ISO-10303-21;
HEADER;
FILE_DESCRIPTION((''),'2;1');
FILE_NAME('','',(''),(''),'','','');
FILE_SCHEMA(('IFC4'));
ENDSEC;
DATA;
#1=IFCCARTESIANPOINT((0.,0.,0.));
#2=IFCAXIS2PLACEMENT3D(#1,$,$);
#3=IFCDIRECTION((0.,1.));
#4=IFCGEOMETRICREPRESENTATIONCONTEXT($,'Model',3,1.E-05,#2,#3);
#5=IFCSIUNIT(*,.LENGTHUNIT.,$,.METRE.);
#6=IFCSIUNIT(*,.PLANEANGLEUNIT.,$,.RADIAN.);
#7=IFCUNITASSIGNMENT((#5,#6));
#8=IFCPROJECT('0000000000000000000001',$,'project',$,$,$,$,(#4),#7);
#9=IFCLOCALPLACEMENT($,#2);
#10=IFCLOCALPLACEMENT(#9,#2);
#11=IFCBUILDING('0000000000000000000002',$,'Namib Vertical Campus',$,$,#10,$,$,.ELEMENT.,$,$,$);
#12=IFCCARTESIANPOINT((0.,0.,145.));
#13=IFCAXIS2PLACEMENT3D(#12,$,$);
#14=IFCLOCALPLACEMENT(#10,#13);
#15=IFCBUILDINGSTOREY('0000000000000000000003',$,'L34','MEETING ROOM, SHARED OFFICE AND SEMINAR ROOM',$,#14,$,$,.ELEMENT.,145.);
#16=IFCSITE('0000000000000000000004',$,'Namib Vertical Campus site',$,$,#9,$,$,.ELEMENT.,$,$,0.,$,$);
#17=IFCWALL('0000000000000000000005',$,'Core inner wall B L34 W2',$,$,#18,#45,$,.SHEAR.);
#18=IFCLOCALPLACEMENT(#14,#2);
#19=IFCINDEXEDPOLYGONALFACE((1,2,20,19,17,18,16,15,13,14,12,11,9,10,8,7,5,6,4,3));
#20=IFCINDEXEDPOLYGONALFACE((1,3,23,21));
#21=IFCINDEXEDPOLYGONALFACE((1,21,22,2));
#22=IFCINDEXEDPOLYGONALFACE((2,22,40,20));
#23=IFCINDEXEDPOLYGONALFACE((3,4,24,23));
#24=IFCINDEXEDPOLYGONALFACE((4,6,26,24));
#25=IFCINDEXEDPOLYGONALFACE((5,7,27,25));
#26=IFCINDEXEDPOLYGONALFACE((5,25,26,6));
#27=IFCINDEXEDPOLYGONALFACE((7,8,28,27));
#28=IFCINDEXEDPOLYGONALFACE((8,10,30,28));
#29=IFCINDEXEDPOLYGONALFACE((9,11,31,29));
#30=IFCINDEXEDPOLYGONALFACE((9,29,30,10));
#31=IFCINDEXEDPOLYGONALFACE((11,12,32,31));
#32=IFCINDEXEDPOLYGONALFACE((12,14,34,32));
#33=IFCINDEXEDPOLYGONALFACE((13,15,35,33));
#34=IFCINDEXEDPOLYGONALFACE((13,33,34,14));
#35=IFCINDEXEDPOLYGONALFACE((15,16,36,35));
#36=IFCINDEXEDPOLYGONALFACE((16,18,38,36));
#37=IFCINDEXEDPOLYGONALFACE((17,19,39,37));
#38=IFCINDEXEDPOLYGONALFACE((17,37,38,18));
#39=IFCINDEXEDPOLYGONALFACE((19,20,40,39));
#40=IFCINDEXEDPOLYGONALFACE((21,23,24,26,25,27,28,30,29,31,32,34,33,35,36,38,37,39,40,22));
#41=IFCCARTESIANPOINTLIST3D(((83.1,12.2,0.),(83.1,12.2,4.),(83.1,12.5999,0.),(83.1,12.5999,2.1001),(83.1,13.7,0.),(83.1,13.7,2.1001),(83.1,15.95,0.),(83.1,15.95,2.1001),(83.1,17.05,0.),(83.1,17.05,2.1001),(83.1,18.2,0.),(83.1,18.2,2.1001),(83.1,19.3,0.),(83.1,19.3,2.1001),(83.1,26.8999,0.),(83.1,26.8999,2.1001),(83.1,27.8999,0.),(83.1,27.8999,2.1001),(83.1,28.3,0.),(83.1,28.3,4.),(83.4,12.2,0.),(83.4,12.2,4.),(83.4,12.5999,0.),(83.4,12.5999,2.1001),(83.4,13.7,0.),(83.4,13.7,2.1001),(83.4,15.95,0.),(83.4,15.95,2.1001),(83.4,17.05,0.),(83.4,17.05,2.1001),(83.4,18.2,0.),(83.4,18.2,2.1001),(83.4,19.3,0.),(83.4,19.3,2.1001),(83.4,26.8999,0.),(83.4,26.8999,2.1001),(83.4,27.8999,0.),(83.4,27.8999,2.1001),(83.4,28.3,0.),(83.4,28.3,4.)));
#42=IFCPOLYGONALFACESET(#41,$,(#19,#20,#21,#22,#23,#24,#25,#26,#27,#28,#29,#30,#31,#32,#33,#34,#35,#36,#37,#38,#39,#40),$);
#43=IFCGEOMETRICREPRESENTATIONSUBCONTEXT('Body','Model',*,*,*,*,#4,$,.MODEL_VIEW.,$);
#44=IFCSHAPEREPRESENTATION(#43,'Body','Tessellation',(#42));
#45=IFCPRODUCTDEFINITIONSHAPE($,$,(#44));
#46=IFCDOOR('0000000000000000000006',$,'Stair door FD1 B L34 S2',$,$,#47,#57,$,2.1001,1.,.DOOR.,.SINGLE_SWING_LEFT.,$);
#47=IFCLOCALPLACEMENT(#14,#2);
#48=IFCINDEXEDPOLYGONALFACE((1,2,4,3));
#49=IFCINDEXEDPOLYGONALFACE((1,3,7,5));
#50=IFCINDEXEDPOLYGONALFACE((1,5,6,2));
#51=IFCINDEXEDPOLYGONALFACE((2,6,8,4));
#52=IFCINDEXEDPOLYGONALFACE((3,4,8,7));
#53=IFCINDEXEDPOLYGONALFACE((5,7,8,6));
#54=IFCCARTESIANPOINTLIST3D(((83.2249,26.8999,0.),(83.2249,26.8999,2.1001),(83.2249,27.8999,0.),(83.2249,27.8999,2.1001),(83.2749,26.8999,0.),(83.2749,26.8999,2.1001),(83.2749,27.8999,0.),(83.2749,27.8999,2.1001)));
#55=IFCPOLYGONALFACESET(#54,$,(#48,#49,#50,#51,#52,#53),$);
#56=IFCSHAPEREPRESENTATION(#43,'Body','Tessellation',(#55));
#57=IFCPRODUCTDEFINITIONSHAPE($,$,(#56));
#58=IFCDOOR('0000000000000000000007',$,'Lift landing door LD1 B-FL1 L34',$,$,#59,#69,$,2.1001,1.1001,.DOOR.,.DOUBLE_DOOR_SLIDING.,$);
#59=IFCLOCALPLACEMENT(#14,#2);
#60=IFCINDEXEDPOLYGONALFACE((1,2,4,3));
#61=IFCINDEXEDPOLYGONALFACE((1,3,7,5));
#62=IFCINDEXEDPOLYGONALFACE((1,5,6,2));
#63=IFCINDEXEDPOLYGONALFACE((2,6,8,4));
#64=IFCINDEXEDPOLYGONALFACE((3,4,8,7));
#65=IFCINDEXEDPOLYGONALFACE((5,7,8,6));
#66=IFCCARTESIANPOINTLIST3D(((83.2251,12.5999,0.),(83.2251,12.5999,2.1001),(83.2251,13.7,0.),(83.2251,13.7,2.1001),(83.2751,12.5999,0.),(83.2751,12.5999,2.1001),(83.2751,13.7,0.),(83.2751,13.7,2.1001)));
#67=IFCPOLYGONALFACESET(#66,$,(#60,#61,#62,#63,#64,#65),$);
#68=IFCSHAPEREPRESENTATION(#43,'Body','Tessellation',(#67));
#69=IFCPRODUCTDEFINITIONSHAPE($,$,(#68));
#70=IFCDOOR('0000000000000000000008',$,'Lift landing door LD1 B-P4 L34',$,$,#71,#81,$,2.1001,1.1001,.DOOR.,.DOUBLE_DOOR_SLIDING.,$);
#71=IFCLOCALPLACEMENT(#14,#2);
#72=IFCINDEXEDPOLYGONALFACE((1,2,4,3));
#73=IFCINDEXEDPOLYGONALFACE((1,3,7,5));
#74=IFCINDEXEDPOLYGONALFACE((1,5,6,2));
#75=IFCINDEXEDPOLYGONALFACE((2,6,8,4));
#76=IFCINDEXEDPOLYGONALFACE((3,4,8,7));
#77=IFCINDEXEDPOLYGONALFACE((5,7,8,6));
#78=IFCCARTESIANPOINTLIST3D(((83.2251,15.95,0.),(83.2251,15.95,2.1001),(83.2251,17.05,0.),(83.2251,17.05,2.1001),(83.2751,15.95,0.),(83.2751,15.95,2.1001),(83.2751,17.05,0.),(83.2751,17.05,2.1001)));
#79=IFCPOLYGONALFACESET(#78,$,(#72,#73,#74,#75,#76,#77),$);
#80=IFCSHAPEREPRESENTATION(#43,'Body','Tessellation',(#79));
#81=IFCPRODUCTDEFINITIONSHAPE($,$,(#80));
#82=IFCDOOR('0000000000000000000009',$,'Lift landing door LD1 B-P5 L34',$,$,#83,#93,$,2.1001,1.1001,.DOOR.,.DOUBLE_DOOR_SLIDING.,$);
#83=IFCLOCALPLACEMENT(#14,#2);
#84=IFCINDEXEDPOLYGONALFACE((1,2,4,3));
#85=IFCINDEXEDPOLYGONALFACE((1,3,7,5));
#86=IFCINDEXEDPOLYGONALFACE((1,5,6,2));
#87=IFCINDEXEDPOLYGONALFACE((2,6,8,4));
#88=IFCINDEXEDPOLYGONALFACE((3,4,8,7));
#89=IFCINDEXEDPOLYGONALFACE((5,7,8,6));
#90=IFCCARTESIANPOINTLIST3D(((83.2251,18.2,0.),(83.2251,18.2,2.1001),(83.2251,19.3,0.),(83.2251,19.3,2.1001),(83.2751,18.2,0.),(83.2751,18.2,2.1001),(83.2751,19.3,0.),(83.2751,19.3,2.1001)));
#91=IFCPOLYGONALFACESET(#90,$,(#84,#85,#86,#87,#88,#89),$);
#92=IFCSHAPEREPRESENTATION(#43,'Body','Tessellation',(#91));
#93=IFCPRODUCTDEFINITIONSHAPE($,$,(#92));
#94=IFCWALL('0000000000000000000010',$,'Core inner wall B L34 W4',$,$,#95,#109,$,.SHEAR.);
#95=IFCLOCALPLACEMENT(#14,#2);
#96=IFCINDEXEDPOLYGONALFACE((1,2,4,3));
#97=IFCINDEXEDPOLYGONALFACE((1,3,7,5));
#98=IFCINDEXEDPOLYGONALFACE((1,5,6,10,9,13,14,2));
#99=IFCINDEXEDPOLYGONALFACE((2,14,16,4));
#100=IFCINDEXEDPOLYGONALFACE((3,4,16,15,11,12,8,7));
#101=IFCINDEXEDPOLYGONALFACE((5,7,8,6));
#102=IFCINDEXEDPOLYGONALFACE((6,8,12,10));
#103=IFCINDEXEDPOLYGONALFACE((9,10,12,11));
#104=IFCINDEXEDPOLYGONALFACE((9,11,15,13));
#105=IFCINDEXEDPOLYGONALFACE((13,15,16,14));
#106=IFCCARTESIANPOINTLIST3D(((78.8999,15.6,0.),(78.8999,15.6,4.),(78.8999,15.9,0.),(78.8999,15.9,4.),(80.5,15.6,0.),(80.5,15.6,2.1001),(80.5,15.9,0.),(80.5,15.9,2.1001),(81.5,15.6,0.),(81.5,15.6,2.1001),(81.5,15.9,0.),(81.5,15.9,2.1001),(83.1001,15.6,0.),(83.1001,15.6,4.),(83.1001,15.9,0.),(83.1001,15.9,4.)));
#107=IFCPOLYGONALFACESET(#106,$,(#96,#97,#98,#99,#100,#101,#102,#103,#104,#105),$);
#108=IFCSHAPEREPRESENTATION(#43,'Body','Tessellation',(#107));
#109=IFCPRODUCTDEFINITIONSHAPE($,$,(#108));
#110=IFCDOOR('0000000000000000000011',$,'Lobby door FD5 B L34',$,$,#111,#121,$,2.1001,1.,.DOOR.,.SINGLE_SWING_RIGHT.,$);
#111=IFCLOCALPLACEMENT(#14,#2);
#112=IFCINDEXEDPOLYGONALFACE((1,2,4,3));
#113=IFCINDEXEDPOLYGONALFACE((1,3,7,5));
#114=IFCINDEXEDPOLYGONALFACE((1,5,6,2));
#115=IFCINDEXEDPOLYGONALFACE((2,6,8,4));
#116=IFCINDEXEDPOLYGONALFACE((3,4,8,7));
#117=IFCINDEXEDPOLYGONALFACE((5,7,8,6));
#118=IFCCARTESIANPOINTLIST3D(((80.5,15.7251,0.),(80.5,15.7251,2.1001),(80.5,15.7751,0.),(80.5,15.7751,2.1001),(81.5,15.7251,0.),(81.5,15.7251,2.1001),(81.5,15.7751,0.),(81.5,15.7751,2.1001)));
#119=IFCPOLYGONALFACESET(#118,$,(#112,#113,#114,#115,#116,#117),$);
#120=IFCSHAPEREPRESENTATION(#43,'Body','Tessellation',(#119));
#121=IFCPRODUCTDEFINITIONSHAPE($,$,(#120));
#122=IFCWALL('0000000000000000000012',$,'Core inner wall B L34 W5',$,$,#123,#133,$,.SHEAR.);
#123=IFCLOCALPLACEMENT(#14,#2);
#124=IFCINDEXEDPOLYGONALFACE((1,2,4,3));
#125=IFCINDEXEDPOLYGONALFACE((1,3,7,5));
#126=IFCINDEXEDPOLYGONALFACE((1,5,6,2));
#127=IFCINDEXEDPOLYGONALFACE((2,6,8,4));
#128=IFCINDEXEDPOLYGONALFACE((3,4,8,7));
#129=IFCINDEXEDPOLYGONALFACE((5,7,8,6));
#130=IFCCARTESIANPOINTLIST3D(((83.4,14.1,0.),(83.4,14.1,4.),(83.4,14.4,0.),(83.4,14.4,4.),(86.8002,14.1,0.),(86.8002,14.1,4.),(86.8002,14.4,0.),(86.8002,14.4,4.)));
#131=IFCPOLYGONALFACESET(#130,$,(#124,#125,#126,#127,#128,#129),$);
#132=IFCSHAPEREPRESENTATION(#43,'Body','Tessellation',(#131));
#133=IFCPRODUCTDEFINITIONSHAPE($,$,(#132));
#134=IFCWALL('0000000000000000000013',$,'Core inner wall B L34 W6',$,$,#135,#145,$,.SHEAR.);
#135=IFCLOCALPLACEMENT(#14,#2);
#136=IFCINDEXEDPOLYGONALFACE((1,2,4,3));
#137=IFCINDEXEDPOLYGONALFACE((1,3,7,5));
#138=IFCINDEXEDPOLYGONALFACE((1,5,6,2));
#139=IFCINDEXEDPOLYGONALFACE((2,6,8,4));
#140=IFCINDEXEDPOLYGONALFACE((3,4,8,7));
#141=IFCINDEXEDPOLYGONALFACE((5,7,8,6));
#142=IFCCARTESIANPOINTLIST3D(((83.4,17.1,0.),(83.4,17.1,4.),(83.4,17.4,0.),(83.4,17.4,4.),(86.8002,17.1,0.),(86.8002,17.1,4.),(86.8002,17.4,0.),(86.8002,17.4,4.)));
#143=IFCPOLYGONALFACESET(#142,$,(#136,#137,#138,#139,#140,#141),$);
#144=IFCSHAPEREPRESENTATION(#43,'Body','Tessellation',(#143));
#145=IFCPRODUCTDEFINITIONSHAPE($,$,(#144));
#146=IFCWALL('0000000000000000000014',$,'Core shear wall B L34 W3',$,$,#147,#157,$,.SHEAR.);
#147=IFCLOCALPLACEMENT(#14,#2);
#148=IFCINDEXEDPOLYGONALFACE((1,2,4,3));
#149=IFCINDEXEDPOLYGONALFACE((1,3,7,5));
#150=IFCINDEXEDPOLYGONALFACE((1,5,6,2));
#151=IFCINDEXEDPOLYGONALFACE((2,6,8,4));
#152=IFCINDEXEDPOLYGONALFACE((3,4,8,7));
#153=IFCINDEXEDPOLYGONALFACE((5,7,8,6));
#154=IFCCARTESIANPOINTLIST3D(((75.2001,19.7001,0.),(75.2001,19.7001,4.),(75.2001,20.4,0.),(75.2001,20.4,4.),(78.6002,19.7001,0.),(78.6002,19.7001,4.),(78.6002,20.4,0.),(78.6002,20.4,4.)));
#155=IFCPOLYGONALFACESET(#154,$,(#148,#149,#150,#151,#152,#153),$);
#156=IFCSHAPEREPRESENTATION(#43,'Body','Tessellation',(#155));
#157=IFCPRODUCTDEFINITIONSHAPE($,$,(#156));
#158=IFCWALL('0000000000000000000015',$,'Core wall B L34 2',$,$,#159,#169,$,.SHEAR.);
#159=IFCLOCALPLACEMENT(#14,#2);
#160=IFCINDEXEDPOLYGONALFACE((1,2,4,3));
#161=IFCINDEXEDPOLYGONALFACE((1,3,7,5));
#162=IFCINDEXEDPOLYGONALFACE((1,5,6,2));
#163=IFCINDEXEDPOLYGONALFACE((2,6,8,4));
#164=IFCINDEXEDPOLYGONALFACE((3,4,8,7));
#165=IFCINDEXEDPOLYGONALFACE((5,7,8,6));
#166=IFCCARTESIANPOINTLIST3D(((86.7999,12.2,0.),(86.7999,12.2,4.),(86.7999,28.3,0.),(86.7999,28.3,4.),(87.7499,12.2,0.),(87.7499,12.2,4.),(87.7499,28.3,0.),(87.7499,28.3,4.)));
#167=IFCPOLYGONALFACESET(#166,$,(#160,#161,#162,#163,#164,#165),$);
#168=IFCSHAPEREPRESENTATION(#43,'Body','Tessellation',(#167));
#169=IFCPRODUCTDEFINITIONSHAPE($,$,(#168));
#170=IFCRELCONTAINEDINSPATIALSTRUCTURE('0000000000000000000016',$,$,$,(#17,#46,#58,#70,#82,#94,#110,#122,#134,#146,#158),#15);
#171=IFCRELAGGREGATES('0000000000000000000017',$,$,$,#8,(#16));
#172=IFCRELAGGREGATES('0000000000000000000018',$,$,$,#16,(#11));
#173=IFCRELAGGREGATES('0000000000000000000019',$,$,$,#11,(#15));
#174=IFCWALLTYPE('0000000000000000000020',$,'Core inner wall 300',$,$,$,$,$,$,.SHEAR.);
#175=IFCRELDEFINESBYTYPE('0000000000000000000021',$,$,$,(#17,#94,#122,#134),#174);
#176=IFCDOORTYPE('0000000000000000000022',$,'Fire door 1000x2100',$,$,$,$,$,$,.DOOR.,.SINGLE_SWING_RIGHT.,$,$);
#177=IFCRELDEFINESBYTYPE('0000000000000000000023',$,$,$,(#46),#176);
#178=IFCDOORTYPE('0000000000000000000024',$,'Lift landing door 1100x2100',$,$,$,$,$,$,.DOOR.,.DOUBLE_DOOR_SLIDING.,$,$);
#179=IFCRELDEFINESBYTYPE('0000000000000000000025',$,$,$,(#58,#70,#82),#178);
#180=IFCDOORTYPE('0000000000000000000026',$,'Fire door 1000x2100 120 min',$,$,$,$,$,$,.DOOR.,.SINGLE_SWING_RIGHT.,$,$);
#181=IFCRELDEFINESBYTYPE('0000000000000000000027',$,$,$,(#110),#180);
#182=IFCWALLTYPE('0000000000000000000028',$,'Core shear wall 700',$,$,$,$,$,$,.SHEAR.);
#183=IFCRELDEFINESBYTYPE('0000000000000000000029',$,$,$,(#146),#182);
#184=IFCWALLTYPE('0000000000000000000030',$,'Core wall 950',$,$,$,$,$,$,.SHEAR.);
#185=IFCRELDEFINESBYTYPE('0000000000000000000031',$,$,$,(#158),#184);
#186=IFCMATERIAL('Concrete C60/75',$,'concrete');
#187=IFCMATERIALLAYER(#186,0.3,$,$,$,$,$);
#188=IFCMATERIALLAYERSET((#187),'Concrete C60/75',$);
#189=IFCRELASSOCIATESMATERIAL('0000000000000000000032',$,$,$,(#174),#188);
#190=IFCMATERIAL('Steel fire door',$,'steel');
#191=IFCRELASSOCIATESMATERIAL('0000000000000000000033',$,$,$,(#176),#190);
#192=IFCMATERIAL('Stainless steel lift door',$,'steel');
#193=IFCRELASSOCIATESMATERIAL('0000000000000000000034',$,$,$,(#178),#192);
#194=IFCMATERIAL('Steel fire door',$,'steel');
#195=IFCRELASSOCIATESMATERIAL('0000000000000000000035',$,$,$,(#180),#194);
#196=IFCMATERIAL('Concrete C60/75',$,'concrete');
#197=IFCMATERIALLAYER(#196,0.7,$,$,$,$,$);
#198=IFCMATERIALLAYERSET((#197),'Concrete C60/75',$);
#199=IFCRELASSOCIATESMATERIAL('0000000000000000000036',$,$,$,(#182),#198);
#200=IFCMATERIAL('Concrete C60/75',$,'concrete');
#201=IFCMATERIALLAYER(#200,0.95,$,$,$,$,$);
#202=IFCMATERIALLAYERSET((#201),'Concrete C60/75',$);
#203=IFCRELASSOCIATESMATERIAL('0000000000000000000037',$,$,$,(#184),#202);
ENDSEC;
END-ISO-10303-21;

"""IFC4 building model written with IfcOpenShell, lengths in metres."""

from ifc_helpers import new_model, si_unit, direction, frame, frame_2d, origin, place, context, subcontext, project, spatial, rectangle, extrude, material, layer, layer_set, type_object, element, fill, save


model = new_model("IFC4")

# Units and contexts
model_context = context("Model", 3, precision=1e-05, world=origin(), true_north=direction((0.0, 1.0)))
body_context = subcontext(model_context, "Body", "Model", "MODEL_VIEW")
ifc_project = project(units=[si_unit("LENGTHUNIT", "METRE"), si_unit("PLANEANGLEUNIT", "RADIAN")], contexts=[model_context])

# Site, building, storey
site_placement = place(None, origin())
site = spatial("IfcSite", under=ifc_project, at=site_placement, Name="Namib Vertical Campus site", CompositionType="ELEMENT", RefElevation=0.0)
building_placement = place(site_placement, origin())
building = spatial("IfcBuilding", under=site, at=building_placement, Name="Namib Vertical Campus", CompositionType="ELEMENT")
storey_placement = place(building_placement, frame((0.0, 0.0, 145.0)))
storey = spatial("IfcBuildingStorey", under=building, at=storey_placement, Name="L34", Description="MEETING ROOM, SHARED OFFICE AND SEMINAR ROOM", CompositionType="ELEMENT", Elevation=145.0)

# Wall, openings, doors
ifc_material_1 = material(Name="Concrete C60/75", Category="concrete")
ifc_layer_1 = layer(ifc_material_1, 0.3)
ifc_layer_set_1 = layer_set([ifc_layer_1], Name="Concrete C60/75")
wall_type_1 = type_object("IfcWallType", Name="Core inner wall 300", PredefinedType="SHEAR", material=ifc_layer_set_1)
ifc_material_2 = material(Name="Steel fire door", Category="steel")
door_type_1 = type_object("IfcDoorType", Name="Fire door 1000x2100", OperationType="SINGLE_SWING_RIGHT", PredefinedType="DOOR", material=ifc_material_2)
ifc_material_3 = material(Name="Stainless steel lift door", Category="steel")
door_type_2 = type_object("IfcDoorType", Name="Lift landing door 1100x2100", OperationType="DOUBLE_DOOR_SLIDING", PredefinedType="DOOR", material=ifc_material_3)
wall_1_placement = place(storey_placement, frame((83.25, 12.2, 0.0), z_axis=(0.0, 0.0, 1.0), x_axis=(0.0, 1.0, 0.0)))
wall_1 = element("IfcWall", 1, at=wall_1_placement, inside=storey, type_object=wall_type_1, Name="Core inner wall B L34 W2", PredefinedType="SHEAR", context=body_context, shape_type="SweptSolid", body=[
    extrude(rectangle(XDim=16.1001, YDim=0.3, at=frame_2d((8.05, 0.0))), origin(), (0.0, 0.0, 1.0), 4.0),
])
opening_1_placement = place(wall_1_placement, frame((14.7, 0.0, 0.0)))
opening_1 = element("IfcOpeningElement", 2, at=opening_1_placement, cuts=wall_1, PredefinedType="OPENING", context=body_context, shape_type="SweptSolid", body=[
    extrude(rectangle(XDim=1.0, YDim=2.1001, at=frame_2d((0.5, 1.05))), frame((0.0, 0.1599, 0.0), z_axis=(0.0, -1.0, 0.0), x_axis=(1.0, 0.0, 0.0)), (0.0, 0.0, 1.0), 0.3201),
])
opening_2_placement = place(wall_1_placement, frame((0.3999, 0.0, 0.0)))
opening_2 = element("IfcOpeningElement", 3, at=opening_2_placement, cuts=wall_1, PredefinedType="OPENING", context=body_context, shape_type="SweptSolid", body=[
    extrude(rectangle(XDim=1.1001, YDim=2.1001, at=frame_2d((0.55, 1.05))), frame((0.0, 0.1599, 0.0), z_axis=(0.0, -1.0, 0.0), x_axis=(1.0, 0.0, 0.0)), (0.0, 0.0, 1.0), 0.3201),
])
opening_3_placement = place(wall_1_placement, frame((3.75, 0.0, 0.0)))
opening_3 = element("IfcOpeningElement", 4, at=opening_3_placement, cuts=wall_1, PredefinedType="OPENING", context=body_context, shape_type="SweptSolid", body=[
    extrude(rectangle(XDim=1.1001, YDim=2.1001, at=frame_2d((0.55, 1.05))), frame((0.0, 0.1599, 0.0), z_axis=(0.0, -1.0, 0.0), x_axis=(1.0, 0.0, 0.0)), (0.0, 0.0, 1.0), 0.3201),
])
opening_4_placement = place(wall_1_placement, frame((6.0, 0.0, 0.0)))
opening_4 = element("IfcOpeningElement", 5, at=opening_4_placement, cuts=wall_1, PredefinedType="OPENING", context=body_context, shape_type="SweptSolid", body=[
    extrude(rectangle(XDim=1.1001, YDim=2.1001, at=frame_2d((0.55, 1.05))), frame((0.0, 0.1599, 0.0), z_axis=(0.0, -1.0, 0.0), x_axis=(1.0, 0.0, 0.0)), (0.0, 0.0, 1.0), 0.3201),
])
door_1_placement = place(opening_1_placement, frame((1.0, 0.0, 0.0), z_axis=(0.0, 0.0, 1.0), x_axis=(-1.0, 0.0, 0.0)))
door_1 = element("IfcDoor", 6, at=door_1_placement, inside=storey, type_object=door_type_1, Name="Stair door FD1 B L34 S2", OperationType="SINGLE_SWING_LEFT", OverallHeight=2.1001, OverallWidth=1.0, PredefinedType="DOOR", context=body_context, shape_type="SweptSolid", body=[
    extrude(rectangle(XDim=1.0, YDim=2.1001, at=frame_2d((0.5, 1.05))), frame((0.0, 0.0249, 0.0), z_axis=(0.0, -1.0, 0.0), x_axis=(1.0, 0.0, 0.0)), (0.0, 0.0, 1.0), 0.05),
])
fill(opening_1, door_1)
door_2_placement = place(opening_2_placement, origin())
door_2 = element("IfcDoor", 7, at=door_2_placement, inside=storey, type_object=door_type_2, Name="Lift landing door LD1 B-FL1 L34", OperationType="DOUBLE_DOOR_SLIDING", OverallHeight=2.1001, OverallWidth=1.1001, PredefinedType="DOOR", context=body_context, shape_type="SweptSolid", body=[
    extrude(rectangle(XDim=1.1001, YDim=2.1001, at=frame_2d((0.55, 1.05))), frame((0.0, 0.0249, 0.0), z_axis=(0.0, -1.0, 0.0), x_axis=(1.0, 0.0, 0.0)), (0.0, 0.0, 1.0), 0.05),
])
fill(opening_2, door_2)
door_3_placement = place(opening_3_placement, origin())
door_3 = element("IfcDoor", 8, at=door_3_placement, inside=storey, type_object=door_type_2, Name="Lift landing door LD1 B-P4 L34", OperationType="DOUBLE_DOOR_SLIDING", OverallHeight=2.1001, OverallWidth=1.1001, PredefinedType="DOOR", context=body_context, shape_type="SweptSolid", body=[
    extrude(rectangle(XDim=1.1001, YDim=2.1001, at=frame_2d((0.55, 1.05))), frame((0.0, 0.0249, 0.0), z_axis=(0.0, -1.0, 0.0), x_axis=(1.0, 0.0, 0.0)), (0.0, 0.0, 1.0), 0.05),
])
fill(opening_3, door_3)
door_4_placement = place(opening_4_placement, origin())
door_4 = element("IfcDoor", 9, at=door_4_placement, inside=storey, type_object=door_type_2, Name="Lift landing door LD1 B-P5 L34", OperationType="DOUBLE_DOOR_SLIDING", OverallHeight=2.1001, OverallWidth=1.1001, PredefinedType="DOOR", context=body_context, shape_type="SweptSolid", body=[
    extrude(rectangle(XDim=1.1001, YDim=2.1001, at=frame_2d((0.55, 1.05))), frame((0.0, 0.0249, 0.0), z_axis=(0.0, -1.0, 0.0), x_axis=(1.0, 0.0, 0.0)), (0.0, 0.0, 1.0), 0.05),
])
fill(opening_4, door_4)

# Wall, opening, door
wall_2_placement = place(storey_placement, frame((78.8999, 15.75, 0.0), z_axis=(0.0, 0.0, 1.0), x_axis=(1.0, 0.0, 0.0)))
wall_2 = element("IfcWall", 10, at=wall_2_placement, inside=storey, type_object=wall_type_1, Name="Core inner wall B L34 W4", PredefinedType="SHEAR", context=body_context, shape_type="SweptSolid", body=[
    extrude(rectangle(XDim=4.2002, YDim=0.3, at=frame_2d((2.1001, 0.0))), origin(), (0.0, 0.0, 1.0), 4.0),
])
opening_5_placement = place(wall_2_placement, frame((1.6001, 0.0, 0.0)))
opening_5 = element("IfcOpeningElement", 11, at=opening_5_placement, cuts=wall_2, PredefinedType="OPENING", context=body_context, shape_type="SweptSolid", body=[
    extrude(rectangle(XDim=1.0, YDim=2.1001, at=frame_2d((0.5, 1.05))), frame((0.0, 0.1599, 0.0), z_axis=(0.0, -1.0, 0.0), x_axis=(1.0, 0.0, 0.0)), (0.0, 0.0, 1.0), 0.3201),
])
ifc_material_4 = material(Name="Steel fire door", Category="steel")
door_type_3 = type_object("IfcDoorType", Name="Fire door 1000x2100 120 min", OperationType="SINGLE_SWING_RIGHT", PredefinedType="DOOR", material=ifc_material_4)
door_5_placement = place(opening_5_placement, frame((1.0, 0.0, 0.0), z_axis=(0.0, 0.0, 1.0), x_axis=(-1.0, 0.0, 0.0)))
door_5 = element("IfcDoor", 12, at=door_5_placement, inside=storey, type_object=door_type_3, Name="Lobby door FD5 B L34", OperationType="SINGLE_SWING_RIGHT", OverallHeight=2.1001, OverallWidth=1.0, PredefinedType="DOOR", context=body_context, shape_type="SweptSolid", body=[
    extrude(rectangle(XDim=1.0, YDim=2.1001, at=frame_2d((0.5, 1.05))), frame((0.0, 0.0249, 0.0), z_axis=(0.0, -1.0, 0.0), x_axis=(1.0, 0.0, 0.0)), (0.0, 0.0, 1.0), 0.05),
])
fill(opening_5, door_5)

# Walls
for number, where, z_axis, x_axis, name in (
    (13, (83.3999, 14.25, 0.0), (0.0, 0.0, 1.0), (1.0, 0.0, 0.0), "Core inner wall B L34 W5"),
    (14, (83.3999, 17.25, 0.0), (0.0, 0.0, 1.0), (1.0, 0.0, 0.0), "Core inner wall B L34 W6"),
):
    element("IfcWall", number, at=place(storey_placement, frame(where, z_axis=z_axis, x_axis=x_axis)), inside=storey, type_object=wall_type_1, Name=name, PredefinedType="SHEAR", context=body_context, shape_type="SweptSolid", body=[
        extrude(rectangle(XDim=3.4001, YDim=0.3, at=frame_2d((1.7002, 0.0))), origin(), (0.0, 0.0, 1.0), 4.0),
    ])
ifc_material_5 = material(Name="Concrete C60/75", Category="concrete")
ifc_layer_2 = layer(ifc_material_5, 0.7)
ifc_layer_set_2 = layer_set([ifc_layer_2], Name="Concrete C60/75")
wall_type_2 = type_object("IfcWallType", Name="Core shear wall 700", PredefinedType="SHEAR", material=ifc_layer_set_2)
wall_3_placement = place(storey_placement, frame((75.2, 20.05, 0.0), z_axis=(0.0, 0.0, 1.0), x_axis=(1.0, 0.0, 0.0)))
element("IfcWall", 15, at=wall_3_placement, inside=storey, type_object=wall_type_2, Name="Core shear wall B L34 W3", PredefinedType="SHEAR", context=body_context, shape_type="SweptSolid", body=[
    extrude(rectangle(XDim=3.4001, YDim=0.7, at=frame_2d((1.7002, 0.0))), origin(), (0.0, 0.0, 1.0), 4.0),
])
ifc_material_6 = material(Name="Concrete C60/75", Category="concrete")
ifc_layer_3 = layer(ifc_material_6, 0.95)
ifc_layer_set_3 = layer_set([ifc_layer_3], Name="Concrete C60/75")
wall_type_3 = type_object("IfcWallType", Name="Core wall 950", PredefinedType="SHEAR", material=ifc_layer_set_3)
wall_4_placement = place(storey_placement, frame((87.2749, 12.2, 0.0), z_axis=(0.0, 0.0, 1.0), x_axis=(0.0, 1.0, 0.0)))
element("IfcWall", 16, at=wall_4_placement, inside=storey, type_object=wall_type_3, Name="Core wall B L34 2", PredefinedType="SHEAR", context=body_context, shape_type="SweptSolid", body=[
    extrude(rectangle(XDim=16.1001, YDim=0.95, at=frame_2d((8.05, 0.0))), origin(), (0.0, 0.0, 1.0), 4.0),
])

save(model, "model.ifc")
